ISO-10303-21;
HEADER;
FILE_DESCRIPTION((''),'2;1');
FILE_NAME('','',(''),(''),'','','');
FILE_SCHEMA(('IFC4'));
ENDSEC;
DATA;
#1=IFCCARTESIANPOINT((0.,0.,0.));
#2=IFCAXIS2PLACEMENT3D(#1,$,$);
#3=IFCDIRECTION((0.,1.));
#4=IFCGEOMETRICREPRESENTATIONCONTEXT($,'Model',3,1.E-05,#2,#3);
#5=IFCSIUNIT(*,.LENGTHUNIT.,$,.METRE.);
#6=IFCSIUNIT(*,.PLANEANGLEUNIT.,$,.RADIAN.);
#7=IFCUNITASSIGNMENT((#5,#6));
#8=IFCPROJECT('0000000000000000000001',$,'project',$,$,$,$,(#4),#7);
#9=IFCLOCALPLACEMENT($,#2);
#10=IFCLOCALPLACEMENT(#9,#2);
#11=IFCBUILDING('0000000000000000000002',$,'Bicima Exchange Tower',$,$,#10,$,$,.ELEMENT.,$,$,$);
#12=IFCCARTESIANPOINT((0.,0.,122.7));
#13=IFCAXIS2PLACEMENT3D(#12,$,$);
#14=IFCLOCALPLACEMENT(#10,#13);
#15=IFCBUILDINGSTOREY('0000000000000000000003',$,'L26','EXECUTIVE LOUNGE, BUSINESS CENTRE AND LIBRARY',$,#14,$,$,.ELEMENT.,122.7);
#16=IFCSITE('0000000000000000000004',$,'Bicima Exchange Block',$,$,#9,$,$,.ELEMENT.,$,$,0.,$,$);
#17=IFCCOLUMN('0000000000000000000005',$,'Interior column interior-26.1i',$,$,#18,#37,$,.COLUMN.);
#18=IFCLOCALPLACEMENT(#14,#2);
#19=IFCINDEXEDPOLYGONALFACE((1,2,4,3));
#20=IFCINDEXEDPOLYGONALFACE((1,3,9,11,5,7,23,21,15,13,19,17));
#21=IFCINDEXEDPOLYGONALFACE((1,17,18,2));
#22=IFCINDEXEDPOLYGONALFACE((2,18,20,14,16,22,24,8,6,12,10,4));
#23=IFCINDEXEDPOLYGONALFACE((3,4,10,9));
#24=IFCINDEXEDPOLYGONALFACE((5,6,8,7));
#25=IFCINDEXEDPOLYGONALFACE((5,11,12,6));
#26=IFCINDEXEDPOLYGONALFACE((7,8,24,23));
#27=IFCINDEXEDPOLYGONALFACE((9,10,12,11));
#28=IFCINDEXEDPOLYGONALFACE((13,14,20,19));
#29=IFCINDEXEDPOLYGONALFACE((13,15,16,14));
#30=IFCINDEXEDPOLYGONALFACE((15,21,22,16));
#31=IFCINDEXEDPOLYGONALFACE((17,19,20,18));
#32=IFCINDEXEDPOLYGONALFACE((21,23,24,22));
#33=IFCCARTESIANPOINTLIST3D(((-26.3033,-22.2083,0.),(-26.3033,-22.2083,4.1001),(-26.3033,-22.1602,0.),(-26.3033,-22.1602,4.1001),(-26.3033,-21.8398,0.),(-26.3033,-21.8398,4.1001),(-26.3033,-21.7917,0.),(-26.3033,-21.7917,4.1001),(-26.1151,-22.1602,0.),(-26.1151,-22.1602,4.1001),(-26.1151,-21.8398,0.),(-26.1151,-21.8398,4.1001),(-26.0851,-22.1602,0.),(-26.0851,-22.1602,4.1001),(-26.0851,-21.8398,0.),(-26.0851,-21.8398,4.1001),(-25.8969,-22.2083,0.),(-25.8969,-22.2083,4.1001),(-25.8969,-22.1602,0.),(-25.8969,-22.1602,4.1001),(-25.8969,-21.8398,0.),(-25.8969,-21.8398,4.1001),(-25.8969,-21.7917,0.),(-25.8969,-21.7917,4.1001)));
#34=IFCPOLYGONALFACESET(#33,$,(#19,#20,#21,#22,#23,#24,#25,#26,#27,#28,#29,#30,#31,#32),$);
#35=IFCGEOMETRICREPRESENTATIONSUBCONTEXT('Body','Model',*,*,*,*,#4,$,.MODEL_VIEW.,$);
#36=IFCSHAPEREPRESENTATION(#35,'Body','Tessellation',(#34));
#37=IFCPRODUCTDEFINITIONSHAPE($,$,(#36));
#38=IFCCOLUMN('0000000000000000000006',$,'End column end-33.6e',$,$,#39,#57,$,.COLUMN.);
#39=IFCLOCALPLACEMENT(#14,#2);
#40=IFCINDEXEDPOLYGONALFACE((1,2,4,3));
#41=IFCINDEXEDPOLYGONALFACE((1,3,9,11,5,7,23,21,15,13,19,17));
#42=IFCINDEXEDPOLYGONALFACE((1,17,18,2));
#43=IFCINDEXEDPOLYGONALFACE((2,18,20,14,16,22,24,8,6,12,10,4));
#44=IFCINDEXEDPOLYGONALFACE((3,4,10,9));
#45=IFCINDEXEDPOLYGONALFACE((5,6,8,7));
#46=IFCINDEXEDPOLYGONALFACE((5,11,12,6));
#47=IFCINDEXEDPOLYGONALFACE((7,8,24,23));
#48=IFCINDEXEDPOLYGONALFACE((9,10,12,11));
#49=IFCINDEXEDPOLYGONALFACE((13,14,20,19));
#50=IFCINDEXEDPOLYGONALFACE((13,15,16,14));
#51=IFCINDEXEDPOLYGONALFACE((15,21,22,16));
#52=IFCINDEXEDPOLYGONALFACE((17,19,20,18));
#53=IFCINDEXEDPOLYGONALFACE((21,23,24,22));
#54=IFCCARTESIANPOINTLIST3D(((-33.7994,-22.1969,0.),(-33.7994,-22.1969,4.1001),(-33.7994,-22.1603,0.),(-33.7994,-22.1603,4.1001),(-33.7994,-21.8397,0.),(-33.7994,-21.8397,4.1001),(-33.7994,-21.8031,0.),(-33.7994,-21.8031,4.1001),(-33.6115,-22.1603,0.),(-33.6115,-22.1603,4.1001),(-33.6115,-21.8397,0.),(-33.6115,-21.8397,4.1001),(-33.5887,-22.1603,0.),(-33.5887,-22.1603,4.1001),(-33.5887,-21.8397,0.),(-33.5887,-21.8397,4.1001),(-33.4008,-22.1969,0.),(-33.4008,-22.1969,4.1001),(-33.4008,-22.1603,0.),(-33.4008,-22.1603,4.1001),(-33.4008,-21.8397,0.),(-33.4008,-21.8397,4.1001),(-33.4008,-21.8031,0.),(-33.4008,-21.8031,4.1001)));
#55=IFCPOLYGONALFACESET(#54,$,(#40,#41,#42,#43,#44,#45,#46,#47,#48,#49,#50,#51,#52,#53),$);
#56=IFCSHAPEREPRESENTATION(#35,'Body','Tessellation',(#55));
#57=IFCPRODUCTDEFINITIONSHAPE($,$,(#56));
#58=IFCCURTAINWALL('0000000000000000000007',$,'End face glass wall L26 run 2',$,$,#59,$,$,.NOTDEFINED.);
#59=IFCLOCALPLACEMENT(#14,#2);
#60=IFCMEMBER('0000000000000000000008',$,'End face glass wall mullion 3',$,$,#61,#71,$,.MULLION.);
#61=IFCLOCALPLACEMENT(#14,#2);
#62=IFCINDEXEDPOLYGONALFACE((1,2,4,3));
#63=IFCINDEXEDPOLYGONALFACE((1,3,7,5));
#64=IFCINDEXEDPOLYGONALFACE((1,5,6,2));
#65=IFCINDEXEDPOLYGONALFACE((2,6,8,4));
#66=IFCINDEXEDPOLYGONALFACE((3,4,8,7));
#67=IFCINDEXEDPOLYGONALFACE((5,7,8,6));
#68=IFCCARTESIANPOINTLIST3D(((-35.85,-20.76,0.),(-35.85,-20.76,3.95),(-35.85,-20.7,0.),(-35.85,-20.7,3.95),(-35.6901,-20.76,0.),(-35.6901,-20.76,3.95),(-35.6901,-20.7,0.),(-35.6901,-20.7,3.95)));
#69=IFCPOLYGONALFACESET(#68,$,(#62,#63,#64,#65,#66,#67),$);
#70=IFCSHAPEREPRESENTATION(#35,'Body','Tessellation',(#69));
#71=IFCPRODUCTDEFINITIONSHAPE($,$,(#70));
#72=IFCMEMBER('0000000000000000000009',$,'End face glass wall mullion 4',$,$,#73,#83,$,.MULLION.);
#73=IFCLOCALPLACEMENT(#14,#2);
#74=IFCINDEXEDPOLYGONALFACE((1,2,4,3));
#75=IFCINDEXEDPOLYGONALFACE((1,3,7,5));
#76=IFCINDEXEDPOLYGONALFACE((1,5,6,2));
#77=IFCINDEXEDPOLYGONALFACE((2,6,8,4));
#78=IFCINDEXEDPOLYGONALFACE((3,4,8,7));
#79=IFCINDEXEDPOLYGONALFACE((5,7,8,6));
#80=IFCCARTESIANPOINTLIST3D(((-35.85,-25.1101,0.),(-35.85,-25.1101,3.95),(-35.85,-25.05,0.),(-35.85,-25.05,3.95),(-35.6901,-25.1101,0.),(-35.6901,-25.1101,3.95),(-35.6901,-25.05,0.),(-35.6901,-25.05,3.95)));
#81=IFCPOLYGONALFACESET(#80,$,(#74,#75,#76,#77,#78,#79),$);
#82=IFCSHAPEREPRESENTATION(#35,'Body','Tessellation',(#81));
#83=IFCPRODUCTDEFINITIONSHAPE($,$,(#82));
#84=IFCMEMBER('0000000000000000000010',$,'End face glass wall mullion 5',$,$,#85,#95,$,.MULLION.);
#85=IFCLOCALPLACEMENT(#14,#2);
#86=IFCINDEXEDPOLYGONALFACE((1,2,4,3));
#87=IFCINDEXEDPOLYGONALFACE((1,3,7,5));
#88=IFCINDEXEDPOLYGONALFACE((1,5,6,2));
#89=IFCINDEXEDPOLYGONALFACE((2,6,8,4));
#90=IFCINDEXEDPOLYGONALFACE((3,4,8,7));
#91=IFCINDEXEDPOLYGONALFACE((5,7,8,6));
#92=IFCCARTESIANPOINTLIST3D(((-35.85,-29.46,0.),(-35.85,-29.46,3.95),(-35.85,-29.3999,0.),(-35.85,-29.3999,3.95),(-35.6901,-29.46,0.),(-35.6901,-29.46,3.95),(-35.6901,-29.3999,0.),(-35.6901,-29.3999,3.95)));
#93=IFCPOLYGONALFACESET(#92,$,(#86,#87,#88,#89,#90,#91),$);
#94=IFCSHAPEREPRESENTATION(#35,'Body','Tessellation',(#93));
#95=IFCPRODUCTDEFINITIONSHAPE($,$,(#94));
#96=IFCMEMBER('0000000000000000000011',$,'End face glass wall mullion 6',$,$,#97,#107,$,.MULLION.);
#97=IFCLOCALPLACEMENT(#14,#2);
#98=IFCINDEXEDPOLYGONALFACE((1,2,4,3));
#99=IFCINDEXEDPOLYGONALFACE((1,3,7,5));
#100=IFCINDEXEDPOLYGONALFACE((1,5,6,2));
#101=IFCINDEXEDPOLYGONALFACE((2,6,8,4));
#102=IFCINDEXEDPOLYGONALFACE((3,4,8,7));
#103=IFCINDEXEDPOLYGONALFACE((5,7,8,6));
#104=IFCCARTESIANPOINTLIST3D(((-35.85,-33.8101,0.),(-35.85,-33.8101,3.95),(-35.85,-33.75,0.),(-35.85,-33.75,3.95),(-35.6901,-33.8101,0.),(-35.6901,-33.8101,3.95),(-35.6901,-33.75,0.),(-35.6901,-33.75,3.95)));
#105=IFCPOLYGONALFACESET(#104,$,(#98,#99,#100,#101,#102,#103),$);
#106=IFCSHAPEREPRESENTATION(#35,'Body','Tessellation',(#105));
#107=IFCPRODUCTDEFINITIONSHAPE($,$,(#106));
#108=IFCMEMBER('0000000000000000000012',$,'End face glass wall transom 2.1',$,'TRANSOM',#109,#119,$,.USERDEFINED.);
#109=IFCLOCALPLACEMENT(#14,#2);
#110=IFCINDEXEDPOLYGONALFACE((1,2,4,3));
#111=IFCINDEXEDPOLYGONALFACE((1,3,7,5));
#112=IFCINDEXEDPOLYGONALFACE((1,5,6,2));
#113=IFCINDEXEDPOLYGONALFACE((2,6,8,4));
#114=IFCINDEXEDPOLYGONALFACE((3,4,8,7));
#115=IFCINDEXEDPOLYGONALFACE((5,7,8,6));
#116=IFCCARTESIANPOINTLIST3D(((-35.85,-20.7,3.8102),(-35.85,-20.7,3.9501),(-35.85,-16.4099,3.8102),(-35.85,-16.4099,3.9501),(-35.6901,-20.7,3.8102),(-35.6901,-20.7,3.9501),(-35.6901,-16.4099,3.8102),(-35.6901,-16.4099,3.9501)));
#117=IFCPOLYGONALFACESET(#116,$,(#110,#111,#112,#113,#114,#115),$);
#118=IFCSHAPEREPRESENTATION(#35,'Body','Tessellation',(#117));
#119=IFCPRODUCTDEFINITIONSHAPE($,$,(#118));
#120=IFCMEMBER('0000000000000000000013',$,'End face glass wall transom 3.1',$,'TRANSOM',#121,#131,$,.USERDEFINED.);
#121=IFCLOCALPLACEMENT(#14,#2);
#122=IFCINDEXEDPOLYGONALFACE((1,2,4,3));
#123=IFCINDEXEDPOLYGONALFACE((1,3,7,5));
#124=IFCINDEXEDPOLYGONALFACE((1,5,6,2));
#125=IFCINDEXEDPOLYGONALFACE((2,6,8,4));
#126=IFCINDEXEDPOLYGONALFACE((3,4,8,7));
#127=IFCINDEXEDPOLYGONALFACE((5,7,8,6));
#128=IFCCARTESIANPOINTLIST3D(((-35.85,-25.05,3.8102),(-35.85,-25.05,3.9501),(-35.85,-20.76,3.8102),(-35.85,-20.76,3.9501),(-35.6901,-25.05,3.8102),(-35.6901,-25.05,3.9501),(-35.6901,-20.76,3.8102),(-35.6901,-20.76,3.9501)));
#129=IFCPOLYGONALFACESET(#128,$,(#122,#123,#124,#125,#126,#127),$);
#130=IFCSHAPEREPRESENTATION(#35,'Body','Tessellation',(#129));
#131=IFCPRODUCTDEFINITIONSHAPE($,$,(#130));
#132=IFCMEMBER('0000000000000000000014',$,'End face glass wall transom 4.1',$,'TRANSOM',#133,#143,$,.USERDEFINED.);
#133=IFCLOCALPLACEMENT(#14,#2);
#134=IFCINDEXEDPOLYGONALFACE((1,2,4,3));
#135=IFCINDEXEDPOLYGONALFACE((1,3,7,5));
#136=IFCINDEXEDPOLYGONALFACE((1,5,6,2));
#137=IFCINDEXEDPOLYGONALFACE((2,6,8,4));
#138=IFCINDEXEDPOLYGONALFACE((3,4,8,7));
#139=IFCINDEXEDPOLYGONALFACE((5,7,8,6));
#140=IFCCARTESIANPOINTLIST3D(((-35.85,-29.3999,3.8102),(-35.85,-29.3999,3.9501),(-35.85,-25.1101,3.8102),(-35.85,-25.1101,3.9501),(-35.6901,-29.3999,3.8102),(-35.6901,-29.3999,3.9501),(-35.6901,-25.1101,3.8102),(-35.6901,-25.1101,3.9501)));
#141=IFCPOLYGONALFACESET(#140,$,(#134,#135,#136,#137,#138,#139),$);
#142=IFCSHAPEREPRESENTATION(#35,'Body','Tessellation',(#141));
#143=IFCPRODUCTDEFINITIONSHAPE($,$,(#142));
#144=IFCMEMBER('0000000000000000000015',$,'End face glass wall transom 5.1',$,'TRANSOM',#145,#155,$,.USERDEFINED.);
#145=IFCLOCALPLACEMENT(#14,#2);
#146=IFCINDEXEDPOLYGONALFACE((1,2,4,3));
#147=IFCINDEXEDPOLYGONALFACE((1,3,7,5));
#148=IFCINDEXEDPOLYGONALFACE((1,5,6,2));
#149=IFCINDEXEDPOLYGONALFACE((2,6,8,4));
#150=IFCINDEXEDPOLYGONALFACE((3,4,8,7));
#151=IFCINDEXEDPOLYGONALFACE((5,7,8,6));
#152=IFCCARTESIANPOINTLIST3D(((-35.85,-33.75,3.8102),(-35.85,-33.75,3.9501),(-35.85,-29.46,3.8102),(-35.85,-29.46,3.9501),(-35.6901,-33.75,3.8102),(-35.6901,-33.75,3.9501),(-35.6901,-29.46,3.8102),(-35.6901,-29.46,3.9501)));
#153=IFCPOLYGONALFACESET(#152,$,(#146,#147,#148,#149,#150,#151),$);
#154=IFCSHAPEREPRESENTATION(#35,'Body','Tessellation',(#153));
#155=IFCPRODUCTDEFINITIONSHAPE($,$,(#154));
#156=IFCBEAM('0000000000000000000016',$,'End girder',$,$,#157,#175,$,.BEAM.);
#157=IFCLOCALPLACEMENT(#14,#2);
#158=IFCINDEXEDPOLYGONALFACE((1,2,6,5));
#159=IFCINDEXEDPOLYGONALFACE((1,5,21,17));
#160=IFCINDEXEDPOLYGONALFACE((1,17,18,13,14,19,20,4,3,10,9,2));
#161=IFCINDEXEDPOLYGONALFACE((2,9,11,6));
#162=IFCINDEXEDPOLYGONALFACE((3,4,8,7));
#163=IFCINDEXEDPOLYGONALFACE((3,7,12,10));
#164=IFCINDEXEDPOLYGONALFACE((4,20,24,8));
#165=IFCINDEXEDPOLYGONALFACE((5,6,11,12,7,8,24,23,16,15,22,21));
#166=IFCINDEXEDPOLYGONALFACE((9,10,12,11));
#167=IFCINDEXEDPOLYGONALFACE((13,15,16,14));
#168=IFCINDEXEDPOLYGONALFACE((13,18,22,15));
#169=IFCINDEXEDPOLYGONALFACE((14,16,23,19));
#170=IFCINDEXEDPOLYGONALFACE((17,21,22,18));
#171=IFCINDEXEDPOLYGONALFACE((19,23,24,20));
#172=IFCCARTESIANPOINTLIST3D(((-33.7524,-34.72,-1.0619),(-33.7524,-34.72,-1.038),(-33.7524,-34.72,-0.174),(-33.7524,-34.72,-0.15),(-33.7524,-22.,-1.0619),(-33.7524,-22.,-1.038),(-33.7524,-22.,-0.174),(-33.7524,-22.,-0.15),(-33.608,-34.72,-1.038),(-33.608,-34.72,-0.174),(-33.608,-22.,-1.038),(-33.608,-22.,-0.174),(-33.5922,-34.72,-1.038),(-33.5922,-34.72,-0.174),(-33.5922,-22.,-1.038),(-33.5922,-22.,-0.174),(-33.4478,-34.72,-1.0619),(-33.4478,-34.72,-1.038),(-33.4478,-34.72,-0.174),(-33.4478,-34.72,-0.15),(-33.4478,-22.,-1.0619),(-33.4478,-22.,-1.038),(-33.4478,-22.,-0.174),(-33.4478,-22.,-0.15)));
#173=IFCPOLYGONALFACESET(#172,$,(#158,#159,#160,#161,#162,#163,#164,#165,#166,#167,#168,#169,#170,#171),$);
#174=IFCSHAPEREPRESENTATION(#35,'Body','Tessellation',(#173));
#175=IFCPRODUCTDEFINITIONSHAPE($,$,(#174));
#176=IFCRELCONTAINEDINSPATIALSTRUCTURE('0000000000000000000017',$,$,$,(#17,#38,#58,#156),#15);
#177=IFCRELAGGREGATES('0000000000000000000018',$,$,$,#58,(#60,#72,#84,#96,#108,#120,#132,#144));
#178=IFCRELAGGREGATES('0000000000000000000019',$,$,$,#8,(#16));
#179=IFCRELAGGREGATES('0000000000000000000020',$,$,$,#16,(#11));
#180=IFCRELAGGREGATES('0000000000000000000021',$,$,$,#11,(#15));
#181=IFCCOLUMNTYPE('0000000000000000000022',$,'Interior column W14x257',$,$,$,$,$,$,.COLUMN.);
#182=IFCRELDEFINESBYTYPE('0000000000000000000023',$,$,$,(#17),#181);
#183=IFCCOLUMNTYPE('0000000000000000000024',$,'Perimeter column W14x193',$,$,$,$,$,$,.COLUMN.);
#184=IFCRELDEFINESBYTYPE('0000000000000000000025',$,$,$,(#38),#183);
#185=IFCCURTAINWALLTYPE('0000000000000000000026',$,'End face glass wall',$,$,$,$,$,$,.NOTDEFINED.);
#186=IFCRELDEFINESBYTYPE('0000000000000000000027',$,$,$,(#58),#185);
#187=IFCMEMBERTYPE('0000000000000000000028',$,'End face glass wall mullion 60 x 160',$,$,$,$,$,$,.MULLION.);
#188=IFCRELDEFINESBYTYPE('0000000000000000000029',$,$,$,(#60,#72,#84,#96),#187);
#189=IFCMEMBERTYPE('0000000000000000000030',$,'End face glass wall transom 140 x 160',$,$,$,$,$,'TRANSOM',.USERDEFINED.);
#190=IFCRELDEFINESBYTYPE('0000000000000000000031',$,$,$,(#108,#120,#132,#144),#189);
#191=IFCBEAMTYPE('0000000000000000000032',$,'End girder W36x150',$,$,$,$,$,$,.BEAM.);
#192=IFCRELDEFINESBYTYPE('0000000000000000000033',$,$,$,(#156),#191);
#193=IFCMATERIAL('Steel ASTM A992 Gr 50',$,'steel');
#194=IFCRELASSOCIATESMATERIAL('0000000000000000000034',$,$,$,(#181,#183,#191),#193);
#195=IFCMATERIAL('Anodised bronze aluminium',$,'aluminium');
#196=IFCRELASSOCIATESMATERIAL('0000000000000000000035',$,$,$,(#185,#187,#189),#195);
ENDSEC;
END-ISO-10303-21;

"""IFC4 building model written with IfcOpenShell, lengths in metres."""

from ifc_helpers import new_model, si_unit, direction, frame, origin, origin_2d, place, context, subcontext, project, spatial, rectangle, i_section, extrude, material, material_profile, profile_set, type_object, element, aggregate, save


model = new_model("IFC4")

# Units and contexts
model_context = context("Model", 3, precision=1e-05, world=origin(), true_north=direction((0.0, 1.0)))
body_context = subcontext(model_context, "Body", "Model", "MODEL_VIEW")
ifc_project = project(units=[si_unit("LENGTHUNIT", "METRE"), si_unit("PLANEANGLEUNIT", "RADIAN")], contexts=[model_context])

# Site, building, storey
site_placement = place(None, origin())
site = spatial("IfcSite", under=ifc_project, at=site_placement, Name="Bicima Exchange Block", CompositionType="ELEMENT", RefElevation=0.0)
building_placement = place(site_placement, origin())
building = spatial("IfcBuilding", under=site, at=building_placement, Name="Bicima Exchange Tower", CompositionType="ELEMENT")
storey_placement = place(building_placement, frame((0.0, 0.0, 122.7)))
storey = spatial("IfcBuildingStorey", under=building, at=storey_placement, Name="L26", Description="EXECUTIVE LOUNGE, BUSINESS CENTRE AND LIBRARY", CompositionType="ELEMENT", Elevation=122.7)

# Columns
ifc_material_1 = material(Name="Steel ASTM A992 Gr 50", Category="steel")
ifc_material_profile_1 = material_profile(ifc_material_1, i_section(OverallWidth=0.4065, OverallDepth=0.4165, WebThickness=0.03, FlangeThickness=0.0481, at=origin_2d()))
ifc_profile_set_1 = profile_set([ifc_material_profile_1], Name="Steel ASTM A992 Gr 50")
column_type_1 = type_object("IfcColumnType", Name="Interior column W14x257", PredefinedType="COLUMN", material=ifc_profile_set_1)
column_1_placement = place(storey_placement, frame((-26.1001, -22.0, 0.0), z_axis=(0.0, 0.0, 1.0), x_axis=(1.0, 0.0, 0.0)))
element("IfcColumn", 1, at=column_1_placement, inside=storey, type_object=column_type_1, Name="Interior column interior-26.1i", PredefinedType="COLUMN", context=body_context, shape_type="SweptSolid", body=[
    extrude(i_section(OverallWidth=0.4065, OverallDepth=0.4165, WebThickness=0.03, FlangeThickness=0.0481, at=origin_2d()), origin(), (0.0, 0.0, 1.0), 4.1001),
])
ifc_material_profile_2 = material_profile(ifc_material_1, i_section(OverallWidth=0.3987, OverallDepth=0.3938, WebThickness=0.0227, FlangeThickness=0.0366, at=origin_2d()))
ifc_profile_set_2 = profile_set([ifc_material_profile_2], Name="Steel ASTM A992 Gr 50")
column_type_2 = type_object("IfcColumnType", Name="Perimeter column W14x193", PredefinedType="COLUMN", material=ifc_profile_set_2)
column_2_placement = place(storey_placement, frame((-33.6001, -22.0, 0.0), z_axis=(0.0, 0.0, 1.0), x_axis=(1.0, 0.0, 0.0)))
element("IfcColumn", 2, at=column_2_placement, inside=storey, type_object=column_type_2, Name="End column end-33.6e", PredefinedType="COLUMN", context=body_context, shape_type="SweptSolid", body=[
    extrude(i_section(OverallWidth=0.3987, OverallDepth=0.3938, WebThickness=0.0227, FlangeThickness=0.0366, at=origin_2d()), origin(), (0.0, 0.0, 1.0), 4.1001),
])

# Curtain wall, members
ifc_material_2 = material(Name="Anodised bronze aluminium", Category="aluminium")
curtain_wall_type_1 = type_object("IfcCurtainWallType", Name="End face glass wall", PredefinedType="NOTDEFINED", material=ifc_material_2)
curtain_wall_1_placement = place(storey_placement, origin())
curtain_wall_1 = element("IfcCurtainWall", 3, at=curtain_wall_1_placement, inside=storey, type_object=curtain_wall_type_1, Name="End face glass wall L26 run 2", PredefinedType="NOTDEFINED")
ifc_material_profile_3 = material_profile(ifc_material_2, rectangle(XDim=0.1599, YDim=0.0601, at=origin_2d()))
ifc_profile_set_3 = profile_set([ifc_material_profile_3], Name="Anodised bronze aluminium")
member_type_1 = type_object("IfcMemberType", Name="End face glass wall mullion 60 x 160", PredefinedType="MULLION", material=ifc_profile_set_3)
member_1_placement = place(storey_placement, frame((-35.77, -20.73, 0.0), z_axis=(0.0, 0.0, 1.0), x_axis=(1.0, 0.0, 0.0)))
member_1 = element("IfcMember", 4, at=member_1_placement, type_object=member_type_1, Name="End face glass wall mullion 3", PredefinedType="MULLION", context=body_context, shape_type="SweptSolid", body=[
    extrude(rectangle(XDim=0.1599, YDim=0.0601, at=origin_2d()), origin(), (0.0, 0.0, 1.0), 3.95),
])
member_2_placement = place(storey_placement, frame((-35.77, -25.0801, 0.0), z_axis=(0.0, 0.0, 1.0), x_axis=(1.0, 0.0, 0.0)))
member_2 = element("IfcMember", 5, at=member_2_placement, type_object=member_type_1, Name="End face glass wall mullion 4", PredefinedType="MULLION", context=body_context, shape_type="SweptSolid", body=[
    extrude(rectangle(XDim=0.1599, YDim=0.0601, at=origin_2d()), origin(), (0.0, 0.0, 1.0), 3.95),
])
member_3_placement = place(storey_placement, frame((-35.77, -29.4299, 0.0), z_axis=(0.0, 0.0, 1.0), x_axis=(1.0, 0.0, 0.0)))
member_3 = element("IfcMember", 6, at=member_3_placement, type_object=member_type_1, Name="End face glass wall mullion 5", PredefinedType="MULLION", context=body_context, shape_type="SweptSolid", body=[
    extrude(rectangle(XDim=0.1599, YDim=0.0601, at=origin_2d()), origin(), (0.0, 0.0, 1.0), 3.95),
])
member_4_placement = place(storey_placement, frame((-35.77, -33.78, 0.0), z_axis=(0.0, 0.0, 1.0), x_axis=(1.0, 0.0, 0.0)))
member_4 = element("IfcMember", 7, at=member_4_placement, type_object=member_type_1, Name="End face glass wall mullion 6", PredefinedType="MULLION", context=body_context, shape_type="SweptSolid", body=[
    extrude(rectangle(XDim=0.1599, YDim=0.0601, at=origin_2d()), origin(), (0.0, 0.0, 1.0), 3.95),
])
ifc_material_profile_4 = material_profile(ifc_material_2, rectangle(XDim=0.1599, YDim=0.1399, at=origin_2d()))
ifc_profile_set_4 = profile_set([ifc_material_profile_4], Name="Anodised bronze aluminium")
member_type_2 = type_object("IfcMemberType", Name="End face glass wall transom 140 x 160", ElementType="TRANSOM", PredefinedType="USERDEFINED", material=ifc_profile_set_4)
member_5_placement = place(storey_placement, frame((-35.77, -16.4099, 3.8801), z_axis=(0.0, -1.0, 0.0), x_axis=(1.0, 0.0, 0.0)))
member_5 = element("IfcMember", 8, at=member_5_placement, type_object=member_type_2, Name="End face glass wall transom 2.1", ObjectType="TRANSOM", PredefinedType="USERDEFINED", context=body_context, shape_type="SweptSolid", body=[
    extrude(rectangle(XDim=0.1599, YDim=0.1399, at=origin_2d()), origin(), (0.0, 0.0, 1.0), 4.29),
])
member_6_placement = place(storey_placement, frame((-35.77, -20.76, 3.8801), z_axis=(0.0, -1.0, 0.0), x_axis=(1.0, 0.0, 0.0)))
member_6 = element("IfcMember", 9, at=member_6_placement, type_object=member_type_2, Name="End face glass wall transom 3.1", ObjectType="TRANSOM", PredefinedType="USERDEFINED", context=body_context, shape_type="SweptSolid", body=[
    extrude(rectangle(XDim=0.1599, YDim=0.1399, at=origin_2d()), origin(), (0.0, 0.0, 1.0), 4.29),
])
member_7_placement = place(storey_placement, frame((-35.77, -25.1101, 3.8801), z_axis=(0.0, -1.0, 0.0), x_axis=(1.0, 0.0, 0.0)))
member_7 = element("IfcMember", 10, at=member_7_placement, type_object=member_type_2, Name="End face glass wall transom 4.1", ObjectType="TRANSOM", PredefinedType="USERDEFINED", context=body_context, shape_type="SweptSolid", body=[
    extrude(rectangle(XDim=0.1599, YDim=0.1399, at=origin_2d()), origin(), (0.0, 0.0, 1.0), 4.2898),
])
member_8_placement = place(storey_placement, frame((-35.77, -29.46, 3.8801), z_axis=(0.0, -1.0, 0.0), x_axis=(1.0, 0.0, 0.0)))
member_8 = element("IfcMember", 11, at=member_8_placement, type_object=member_type_2, Name="End face glass wall transom 5.1", ObjectType="TRANSOM", PredefinedType="USERDEFINED", context=body_context, shape_type="SweptSolid", body=[
    extrude(rectangle(XDim=0.1599, YDim=0.1399, at=origin_2d()), origin(), (0.0, 0.0, 1.0), 4.29),
])

# Beam
ifc_material_profile_5 = material_profile(ifc_material_1, i_section(OverallWidth=0.3047, OverallDepth=0.9119, WebThickness=0.0159, FlangeThickness=0.0239, at=origin_2d()))
ifc_profile_set_5 = profile_set([ifc_material_profile_5], Name="Steel ASTM A992 Gr 50")
beam_type_1 = type_object("IfcBeamType", Name="End girder W36x150", PredefinedType="BEAM", material=ifc_profile_set_5)
beam_1_placement = place(storey_placement, frame((-33.6001, -22.0, -0.606), z_axis=(0.0, -1.0, 0.0), x_axis=(1.0, 0.0, 0.0)))
element("IfcBeam", 12, at=beam_1_placement, inside=storey, type_object=beam_type_1, Name="End girder", PredefinedType="BEAM", context=body_context, shape_type="SweptSolid", body=[
    extrude(i_section(OverallWidth=0.3047, OverallDepth=0.9119, WebThickness=0.0159, FlangeThickness=0.0239, at=origin_2d()), origin(), (0.0, 0.0, 1.0), 12.72),
])

aggregate(curtain_wall_1, [member_1, member_2, member_3, member_4, member_5, member_6, member_7, member_8])

save(model, "model.ifc")
